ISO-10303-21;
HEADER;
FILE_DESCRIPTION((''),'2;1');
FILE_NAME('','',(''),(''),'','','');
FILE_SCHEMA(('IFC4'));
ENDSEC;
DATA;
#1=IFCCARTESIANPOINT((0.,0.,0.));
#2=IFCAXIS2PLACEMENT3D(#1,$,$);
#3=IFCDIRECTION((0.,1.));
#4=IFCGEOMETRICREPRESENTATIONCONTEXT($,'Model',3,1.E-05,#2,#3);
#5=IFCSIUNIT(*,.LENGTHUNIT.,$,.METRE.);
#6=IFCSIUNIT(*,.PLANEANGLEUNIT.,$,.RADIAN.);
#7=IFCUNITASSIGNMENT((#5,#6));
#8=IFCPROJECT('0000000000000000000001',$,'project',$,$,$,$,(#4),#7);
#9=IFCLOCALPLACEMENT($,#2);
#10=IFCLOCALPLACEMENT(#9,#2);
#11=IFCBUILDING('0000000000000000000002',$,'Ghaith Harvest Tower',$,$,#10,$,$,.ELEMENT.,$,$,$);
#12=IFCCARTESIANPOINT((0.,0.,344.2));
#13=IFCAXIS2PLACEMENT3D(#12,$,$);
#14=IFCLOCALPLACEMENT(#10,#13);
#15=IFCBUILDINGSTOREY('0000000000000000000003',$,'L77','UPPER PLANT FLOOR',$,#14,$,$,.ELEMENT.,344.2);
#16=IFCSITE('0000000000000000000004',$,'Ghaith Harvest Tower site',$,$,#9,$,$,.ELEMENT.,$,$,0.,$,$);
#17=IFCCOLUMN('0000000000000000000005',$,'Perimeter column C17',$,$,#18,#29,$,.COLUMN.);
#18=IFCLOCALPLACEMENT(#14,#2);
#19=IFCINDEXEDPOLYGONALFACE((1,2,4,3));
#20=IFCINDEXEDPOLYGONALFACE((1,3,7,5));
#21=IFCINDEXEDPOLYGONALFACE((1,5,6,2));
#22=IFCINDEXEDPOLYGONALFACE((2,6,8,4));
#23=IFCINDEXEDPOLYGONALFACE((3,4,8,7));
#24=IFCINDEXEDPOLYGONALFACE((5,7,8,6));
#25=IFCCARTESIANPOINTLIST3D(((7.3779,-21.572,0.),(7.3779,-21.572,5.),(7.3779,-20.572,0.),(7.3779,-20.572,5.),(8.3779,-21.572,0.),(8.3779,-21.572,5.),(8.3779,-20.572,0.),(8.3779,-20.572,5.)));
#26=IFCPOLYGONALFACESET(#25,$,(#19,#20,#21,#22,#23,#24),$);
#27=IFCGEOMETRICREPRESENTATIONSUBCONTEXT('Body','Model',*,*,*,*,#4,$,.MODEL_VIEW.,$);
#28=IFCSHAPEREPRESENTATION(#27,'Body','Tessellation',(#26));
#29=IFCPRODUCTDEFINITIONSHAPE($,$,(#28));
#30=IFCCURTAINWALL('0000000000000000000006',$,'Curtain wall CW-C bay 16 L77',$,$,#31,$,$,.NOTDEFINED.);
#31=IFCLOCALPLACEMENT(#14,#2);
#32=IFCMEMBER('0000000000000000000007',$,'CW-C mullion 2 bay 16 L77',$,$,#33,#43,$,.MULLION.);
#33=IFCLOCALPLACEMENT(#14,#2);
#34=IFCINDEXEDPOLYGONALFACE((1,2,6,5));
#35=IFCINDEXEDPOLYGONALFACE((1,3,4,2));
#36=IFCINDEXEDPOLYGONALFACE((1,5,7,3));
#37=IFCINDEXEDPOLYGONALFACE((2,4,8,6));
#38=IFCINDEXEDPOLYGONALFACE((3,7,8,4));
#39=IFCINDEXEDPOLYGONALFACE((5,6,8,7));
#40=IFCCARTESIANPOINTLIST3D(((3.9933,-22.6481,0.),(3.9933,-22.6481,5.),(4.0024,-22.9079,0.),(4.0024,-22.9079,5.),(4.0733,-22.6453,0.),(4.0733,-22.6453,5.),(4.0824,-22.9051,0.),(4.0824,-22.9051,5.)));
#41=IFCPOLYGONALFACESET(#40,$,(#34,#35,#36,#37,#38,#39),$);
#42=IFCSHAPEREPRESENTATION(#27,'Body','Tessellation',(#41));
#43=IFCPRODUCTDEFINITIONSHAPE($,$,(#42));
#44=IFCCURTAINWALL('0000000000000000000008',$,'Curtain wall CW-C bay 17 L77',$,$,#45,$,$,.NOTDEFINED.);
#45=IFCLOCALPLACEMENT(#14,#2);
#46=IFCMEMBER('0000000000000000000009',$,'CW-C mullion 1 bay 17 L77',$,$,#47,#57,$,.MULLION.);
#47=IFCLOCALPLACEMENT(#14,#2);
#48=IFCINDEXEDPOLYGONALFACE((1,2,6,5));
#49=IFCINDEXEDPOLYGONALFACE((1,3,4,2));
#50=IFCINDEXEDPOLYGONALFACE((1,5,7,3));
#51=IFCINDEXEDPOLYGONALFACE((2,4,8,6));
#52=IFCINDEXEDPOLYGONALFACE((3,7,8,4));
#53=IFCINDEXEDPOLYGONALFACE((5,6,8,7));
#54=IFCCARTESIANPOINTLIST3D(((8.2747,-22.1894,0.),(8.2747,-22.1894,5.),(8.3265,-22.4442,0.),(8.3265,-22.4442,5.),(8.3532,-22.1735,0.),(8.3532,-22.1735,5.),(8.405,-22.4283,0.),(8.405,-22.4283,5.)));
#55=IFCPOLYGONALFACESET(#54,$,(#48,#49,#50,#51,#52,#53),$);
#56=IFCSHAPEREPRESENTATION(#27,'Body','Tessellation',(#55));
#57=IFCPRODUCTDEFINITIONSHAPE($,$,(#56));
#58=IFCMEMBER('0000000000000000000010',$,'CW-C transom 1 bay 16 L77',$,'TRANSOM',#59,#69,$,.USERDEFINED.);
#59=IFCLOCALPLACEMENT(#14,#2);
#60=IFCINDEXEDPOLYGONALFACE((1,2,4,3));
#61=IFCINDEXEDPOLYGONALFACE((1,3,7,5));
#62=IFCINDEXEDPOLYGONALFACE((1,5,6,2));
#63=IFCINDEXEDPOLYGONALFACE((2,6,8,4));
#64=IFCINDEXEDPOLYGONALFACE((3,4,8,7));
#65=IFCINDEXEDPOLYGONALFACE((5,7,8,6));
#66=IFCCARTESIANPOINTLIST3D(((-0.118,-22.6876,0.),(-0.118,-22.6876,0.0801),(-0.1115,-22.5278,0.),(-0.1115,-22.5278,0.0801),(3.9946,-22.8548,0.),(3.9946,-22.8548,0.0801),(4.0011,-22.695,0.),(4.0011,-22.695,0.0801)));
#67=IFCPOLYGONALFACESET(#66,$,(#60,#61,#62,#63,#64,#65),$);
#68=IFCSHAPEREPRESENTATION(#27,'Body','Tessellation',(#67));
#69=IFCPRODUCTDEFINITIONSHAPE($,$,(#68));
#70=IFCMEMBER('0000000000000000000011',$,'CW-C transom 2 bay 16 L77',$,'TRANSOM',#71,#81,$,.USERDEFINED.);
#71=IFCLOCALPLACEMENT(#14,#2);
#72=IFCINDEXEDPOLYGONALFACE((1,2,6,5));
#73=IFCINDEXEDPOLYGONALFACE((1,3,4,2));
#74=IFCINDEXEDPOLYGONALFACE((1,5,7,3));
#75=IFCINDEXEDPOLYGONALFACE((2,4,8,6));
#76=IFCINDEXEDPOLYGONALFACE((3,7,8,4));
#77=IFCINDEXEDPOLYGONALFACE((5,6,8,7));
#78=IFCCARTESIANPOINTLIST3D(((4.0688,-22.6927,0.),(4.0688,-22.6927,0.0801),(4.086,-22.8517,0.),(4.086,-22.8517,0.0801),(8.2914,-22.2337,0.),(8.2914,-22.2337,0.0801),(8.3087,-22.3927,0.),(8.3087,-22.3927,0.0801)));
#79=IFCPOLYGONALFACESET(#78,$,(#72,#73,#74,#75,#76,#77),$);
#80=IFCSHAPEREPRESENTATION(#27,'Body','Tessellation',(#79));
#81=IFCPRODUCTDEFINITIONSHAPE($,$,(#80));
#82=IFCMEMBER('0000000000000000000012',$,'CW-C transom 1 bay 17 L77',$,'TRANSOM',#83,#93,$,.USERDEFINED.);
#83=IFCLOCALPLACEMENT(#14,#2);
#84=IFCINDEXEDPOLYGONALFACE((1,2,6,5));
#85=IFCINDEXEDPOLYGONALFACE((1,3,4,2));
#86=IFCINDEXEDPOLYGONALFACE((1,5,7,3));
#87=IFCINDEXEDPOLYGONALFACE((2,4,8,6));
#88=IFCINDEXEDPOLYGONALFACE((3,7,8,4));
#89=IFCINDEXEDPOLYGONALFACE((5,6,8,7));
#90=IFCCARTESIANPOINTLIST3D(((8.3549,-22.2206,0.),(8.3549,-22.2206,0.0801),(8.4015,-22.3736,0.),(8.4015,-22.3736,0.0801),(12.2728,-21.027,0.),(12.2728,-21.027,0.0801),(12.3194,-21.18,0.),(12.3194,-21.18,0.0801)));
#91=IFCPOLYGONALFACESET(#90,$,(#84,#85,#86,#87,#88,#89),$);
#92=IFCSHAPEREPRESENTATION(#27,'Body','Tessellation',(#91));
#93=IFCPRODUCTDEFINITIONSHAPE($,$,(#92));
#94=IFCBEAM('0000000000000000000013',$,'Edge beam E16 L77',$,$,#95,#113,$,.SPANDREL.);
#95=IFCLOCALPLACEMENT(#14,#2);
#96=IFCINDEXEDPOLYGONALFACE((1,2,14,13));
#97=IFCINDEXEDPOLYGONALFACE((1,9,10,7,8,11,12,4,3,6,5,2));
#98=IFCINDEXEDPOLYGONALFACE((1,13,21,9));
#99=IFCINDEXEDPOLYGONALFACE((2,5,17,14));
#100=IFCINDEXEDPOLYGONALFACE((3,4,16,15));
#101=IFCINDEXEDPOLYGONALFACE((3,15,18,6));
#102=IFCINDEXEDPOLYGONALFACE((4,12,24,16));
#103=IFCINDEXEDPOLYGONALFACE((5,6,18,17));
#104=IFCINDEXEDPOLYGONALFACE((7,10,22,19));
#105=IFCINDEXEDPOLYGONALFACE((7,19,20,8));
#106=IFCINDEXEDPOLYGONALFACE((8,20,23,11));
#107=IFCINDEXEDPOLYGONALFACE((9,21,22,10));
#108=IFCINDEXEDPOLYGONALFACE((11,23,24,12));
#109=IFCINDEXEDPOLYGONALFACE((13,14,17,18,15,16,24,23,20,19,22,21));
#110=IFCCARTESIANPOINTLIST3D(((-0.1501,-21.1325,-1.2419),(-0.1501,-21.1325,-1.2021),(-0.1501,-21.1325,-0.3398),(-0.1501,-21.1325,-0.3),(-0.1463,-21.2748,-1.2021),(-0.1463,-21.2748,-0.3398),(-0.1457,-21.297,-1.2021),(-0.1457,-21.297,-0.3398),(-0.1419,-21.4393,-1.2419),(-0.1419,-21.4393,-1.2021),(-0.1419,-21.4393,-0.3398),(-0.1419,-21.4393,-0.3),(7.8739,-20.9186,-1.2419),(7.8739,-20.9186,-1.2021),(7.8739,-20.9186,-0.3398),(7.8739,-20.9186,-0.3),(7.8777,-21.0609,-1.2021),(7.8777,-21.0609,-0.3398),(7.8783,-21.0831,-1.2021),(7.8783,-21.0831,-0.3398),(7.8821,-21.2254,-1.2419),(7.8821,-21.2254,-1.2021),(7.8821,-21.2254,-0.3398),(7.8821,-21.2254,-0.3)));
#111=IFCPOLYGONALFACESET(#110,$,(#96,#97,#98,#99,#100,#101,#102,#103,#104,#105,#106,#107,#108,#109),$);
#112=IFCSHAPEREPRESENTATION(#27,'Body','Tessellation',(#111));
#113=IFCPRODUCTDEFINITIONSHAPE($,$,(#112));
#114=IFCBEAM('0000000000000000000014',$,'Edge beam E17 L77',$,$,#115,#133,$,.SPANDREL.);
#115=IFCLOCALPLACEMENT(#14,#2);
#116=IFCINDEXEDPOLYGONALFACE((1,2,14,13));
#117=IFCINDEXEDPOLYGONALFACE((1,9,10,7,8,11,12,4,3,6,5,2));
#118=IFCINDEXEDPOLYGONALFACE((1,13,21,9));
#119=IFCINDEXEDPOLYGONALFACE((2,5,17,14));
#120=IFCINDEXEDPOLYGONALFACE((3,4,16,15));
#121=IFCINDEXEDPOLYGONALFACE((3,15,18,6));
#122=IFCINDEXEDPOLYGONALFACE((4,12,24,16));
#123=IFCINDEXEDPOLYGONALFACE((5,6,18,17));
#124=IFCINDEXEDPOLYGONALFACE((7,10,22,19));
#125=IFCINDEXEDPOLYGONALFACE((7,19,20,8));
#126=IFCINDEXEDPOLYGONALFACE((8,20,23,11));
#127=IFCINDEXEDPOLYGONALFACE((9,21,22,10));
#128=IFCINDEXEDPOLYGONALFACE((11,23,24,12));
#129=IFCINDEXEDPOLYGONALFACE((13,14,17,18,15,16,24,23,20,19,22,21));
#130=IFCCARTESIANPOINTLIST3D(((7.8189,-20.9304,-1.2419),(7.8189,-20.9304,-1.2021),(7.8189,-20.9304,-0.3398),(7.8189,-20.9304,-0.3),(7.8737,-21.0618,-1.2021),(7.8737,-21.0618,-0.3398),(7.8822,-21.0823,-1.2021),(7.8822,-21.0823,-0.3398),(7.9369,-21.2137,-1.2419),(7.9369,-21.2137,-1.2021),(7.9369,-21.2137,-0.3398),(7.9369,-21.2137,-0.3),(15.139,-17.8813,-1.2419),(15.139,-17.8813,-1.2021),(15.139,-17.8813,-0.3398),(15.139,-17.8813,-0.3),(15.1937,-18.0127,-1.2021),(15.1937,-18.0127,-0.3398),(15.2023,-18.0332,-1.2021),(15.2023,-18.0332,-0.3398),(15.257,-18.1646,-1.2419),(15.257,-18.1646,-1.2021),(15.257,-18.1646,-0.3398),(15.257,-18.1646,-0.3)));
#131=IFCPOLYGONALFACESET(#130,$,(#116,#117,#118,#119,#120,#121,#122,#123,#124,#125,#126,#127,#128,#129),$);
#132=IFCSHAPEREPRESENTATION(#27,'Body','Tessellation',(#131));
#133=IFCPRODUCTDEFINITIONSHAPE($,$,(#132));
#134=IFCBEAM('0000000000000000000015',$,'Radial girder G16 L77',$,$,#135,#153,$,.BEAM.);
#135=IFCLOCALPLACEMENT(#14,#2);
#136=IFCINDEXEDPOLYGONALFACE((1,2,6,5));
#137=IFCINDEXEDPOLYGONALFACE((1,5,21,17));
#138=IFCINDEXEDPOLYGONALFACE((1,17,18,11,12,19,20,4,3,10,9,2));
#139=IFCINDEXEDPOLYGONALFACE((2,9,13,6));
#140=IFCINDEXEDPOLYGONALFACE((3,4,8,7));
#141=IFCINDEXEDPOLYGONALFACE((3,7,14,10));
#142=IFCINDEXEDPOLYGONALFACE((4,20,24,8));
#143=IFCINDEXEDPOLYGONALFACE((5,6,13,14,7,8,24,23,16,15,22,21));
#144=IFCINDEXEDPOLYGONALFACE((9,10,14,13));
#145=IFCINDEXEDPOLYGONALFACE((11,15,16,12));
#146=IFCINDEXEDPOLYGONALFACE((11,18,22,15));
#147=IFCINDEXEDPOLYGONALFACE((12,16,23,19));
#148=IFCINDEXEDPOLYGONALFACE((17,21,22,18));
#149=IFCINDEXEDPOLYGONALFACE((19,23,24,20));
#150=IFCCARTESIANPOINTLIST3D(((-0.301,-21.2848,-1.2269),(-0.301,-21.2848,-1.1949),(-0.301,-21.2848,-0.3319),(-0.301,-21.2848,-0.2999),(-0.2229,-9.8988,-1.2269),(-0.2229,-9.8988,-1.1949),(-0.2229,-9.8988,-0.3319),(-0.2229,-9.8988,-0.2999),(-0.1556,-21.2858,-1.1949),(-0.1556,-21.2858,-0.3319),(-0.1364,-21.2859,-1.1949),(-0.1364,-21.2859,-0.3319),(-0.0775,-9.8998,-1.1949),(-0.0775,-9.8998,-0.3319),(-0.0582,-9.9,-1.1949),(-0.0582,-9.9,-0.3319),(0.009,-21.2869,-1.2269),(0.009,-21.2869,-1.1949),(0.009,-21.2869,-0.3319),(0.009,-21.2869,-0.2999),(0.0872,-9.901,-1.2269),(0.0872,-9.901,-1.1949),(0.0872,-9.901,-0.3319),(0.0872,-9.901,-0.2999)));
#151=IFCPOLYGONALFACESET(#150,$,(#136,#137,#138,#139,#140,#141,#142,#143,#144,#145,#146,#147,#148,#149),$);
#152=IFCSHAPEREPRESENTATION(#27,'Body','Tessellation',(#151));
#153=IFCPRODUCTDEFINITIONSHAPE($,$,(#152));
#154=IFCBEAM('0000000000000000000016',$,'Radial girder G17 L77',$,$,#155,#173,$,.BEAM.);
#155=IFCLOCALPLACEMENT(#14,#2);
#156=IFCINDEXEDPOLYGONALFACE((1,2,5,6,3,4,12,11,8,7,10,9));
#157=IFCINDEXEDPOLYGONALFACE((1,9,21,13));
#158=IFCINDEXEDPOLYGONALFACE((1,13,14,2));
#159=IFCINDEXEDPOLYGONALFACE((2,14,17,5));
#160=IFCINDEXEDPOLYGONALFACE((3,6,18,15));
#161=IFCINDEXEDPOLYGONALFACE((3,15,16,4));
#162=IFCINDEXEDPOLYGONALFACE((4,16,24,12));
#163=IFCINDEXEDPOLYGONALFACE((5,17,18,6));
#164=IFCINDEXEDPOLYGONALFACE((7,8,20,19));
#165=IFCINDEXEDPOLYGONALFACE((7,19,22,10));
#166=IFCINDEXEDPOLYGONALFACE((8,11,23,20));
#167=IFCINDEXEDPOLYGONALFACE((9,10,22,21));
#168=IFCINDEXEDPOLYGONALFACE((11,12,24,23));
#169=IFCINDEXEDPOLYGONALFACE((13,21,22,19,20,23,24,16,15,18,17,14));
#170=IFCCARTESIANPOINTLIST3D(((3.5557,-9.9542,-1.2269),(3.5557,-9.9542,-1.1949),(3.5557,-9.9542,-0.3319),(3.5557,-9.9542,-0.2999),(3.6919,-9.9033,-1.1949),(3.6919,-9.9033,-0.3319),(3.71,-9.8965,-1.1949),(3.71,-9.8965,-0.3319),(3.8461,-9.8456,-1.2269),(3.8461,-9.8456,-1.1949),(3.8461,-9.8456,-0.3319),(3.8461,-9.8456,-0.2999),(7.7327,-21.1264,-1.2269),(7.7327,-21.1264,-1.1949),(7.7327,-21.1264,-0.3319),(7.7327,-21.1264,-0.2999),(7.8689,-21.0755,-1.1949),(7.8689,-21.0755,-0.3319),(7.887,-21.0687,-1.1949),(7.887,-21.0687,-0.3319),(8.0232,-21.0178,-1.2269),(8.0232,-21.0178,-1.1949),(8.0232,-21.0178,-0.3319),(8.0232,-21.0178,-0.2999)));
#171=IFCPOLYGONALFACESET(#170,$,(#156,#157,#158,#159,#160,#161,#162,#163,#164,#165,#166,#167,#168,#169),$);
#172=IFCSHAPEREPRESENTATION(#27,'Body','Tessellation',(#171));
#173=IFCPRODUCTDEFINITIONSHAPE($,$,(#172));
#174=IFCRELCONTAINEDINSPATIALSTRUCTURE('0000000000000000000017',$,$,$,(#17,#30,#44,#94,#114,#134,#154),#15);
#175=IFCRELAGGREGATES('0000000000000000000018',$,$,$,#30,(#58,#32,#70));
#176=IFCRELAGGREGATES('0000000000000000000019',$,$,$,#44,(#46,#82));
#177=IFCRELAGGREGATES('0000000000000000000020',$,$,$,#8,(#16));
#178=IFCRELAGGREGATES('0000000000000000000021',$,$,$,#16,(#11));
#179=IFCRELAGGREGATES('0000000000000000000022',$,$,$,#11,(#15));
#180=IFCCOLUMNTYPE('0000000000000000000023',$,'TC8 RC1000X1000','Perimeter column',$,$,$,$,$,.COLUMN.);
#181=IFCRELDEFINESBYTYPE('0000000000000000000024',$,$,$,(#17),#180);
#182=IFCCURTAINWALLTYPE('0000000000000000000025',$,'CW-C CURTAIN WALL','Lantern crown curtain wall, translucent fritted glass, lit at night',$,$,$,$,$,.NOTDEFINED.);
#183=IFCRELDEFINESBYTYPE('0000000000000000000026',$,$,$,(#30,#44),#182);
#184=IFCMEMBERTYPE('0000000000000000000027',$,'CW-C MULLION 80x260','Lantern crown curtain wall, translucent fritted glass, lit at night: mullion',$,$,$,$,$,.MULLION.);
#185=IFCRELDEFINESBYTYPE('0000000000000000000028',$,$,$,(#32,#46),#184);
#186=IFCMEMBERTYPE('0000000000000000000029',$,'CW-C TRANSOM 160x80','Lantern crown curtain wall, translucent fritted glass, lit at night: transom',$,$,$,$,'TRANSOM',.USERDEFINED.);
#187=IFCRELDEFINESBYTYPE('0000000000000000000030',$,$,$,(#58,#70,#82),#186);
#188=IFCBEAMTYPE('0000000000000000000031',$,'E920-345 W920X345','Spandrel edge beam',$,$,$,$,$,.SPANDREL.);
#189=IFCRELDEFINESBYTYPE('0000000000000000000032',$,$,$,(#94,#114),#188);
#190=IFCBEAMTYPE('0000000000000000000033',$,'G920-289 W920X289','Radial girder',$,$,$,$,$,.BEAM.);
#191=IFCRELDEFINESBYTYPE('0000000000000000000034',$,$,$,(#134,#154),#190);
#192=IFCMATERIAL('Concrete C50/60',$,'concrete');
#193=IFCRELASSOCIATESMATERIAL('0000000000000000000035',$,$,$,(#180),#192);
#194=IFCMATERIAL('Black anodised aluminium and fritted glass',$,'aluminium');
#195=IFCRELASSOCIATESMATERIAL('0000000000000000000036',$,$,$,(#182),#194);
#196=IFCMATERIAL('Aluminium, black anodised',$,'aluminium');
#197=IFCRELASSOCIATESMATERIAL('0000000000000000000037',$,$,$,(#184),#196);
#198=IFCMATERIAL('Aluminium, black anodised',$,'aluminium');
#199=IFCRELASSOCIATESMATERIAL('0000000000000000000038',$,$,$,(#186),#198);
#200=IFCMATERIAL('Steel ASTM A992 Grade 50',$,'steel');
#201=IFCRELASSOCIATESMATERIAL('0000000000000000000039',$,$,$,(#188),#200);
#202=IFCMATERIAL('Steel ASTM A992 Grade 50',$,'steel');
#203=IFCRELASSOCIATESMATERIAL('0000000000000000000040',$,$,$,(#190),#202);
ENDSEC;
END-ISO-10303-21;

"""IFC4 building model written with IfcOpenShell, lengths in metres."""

from ifc_helpers import new_model, si_unit, direction, frame, origin, origin_2d, place, context, subcontext, project, spatial, rectangle, i_section, extrude, material, material_profile, profile_set, type_object, element, aggregate, save


model = new_model("IFC4")

# Units and contexts
model_context = context("Model", 3, precision=1e-05, world=origin(), true_north=direction((0.0, 1.0)))
body_context = subcontext(model_context, "Body", "Model", "MODEL_VIEW")
ifc_project = project(units=[si_unit("LENGTHUNIT", "METRE"), si_unit("PLANEANGLEUNIT", "RADIAN")], contexts=[model_context])

# Site, building, storey
site_placement = place(None, origin())
site = spatial("IfcSite", under=ifc_project, at=site_placement, Name="Ghaith Harvest Tower site", CompositionType="ELEMENT", RefElevation=0.0)
building_placement = place(site_placement, origin())
building = spatial("IfcBuilding", under=site, at=building_placement, Name="Ghaith Harvest Tower", CompositionType="ELEMENT")
storey_placement = place(building_placement, frame((0.0, 0.0, 344.2)))
storey = spatial("IfcBuildingStorey", under=building, at=storey_placement, Name="L77", Description="UPPER PLANT FLOOR", CompositionType="ELEMENT", Elevation=344.2)

# Column
ifc_material_1 = material(Name="Concrete C50/60", Category="concrete")
ifc_material_profile_1 = material_profile(ifc_material_1, rectangle(XDim=1.0, YDim=1.0, at=origin_2d()), Name="RC1000X1000")
ifc_profile_set_1 = profile_set([ifc_material_profile_1], Name="Concrete C50/60")
column_type = type_object("IfcColumnType", Name="TC8 RC1000X1000", Description="Perimeter column", PredefinedType="COLUMN", material=ifc_profile_set_1)
column_placement = place(storey_placement, frame((7.8779, -21.072, 0.0), z_axis=(0.0, 0.0, 1.0), x_axis=(1.0, 0.0, 0.0)))
element("IfcColumn", 1, at=column_placement, inside=storey, type_object=column_type, Name="Perimeter column C17", PredefinedType="COLUMN", context=body_context, shape_type="SweptSolid", body=[
    extrude(rectangle(XDim=1.0, YDim=1.0, at=origin_2d()), origin(), (0.0, 0.0, 1.0), 5.0),
])

# Curtain walls, members
ifc_material_2 = material(Name="Black anodised aluminium and fritted glass", Category="aluminium")
curtain_wall_type = type_object("IfcCurtainWallType", Name="CW-C CURTAIN WALL", Description="Lantern crown curtain wall, translucent fritted glass, lit at night", PredefinedType="NOTDEFINED", material=ifc_material_2)
curtain_wall_1_placement = place(storey_placement, origin())
curtain_wall_1 = element("IfcCurtainWall", 2, at=curtain_wall_1_placement, inside=storey, type_object=curtain_wall_type, Name="Curtain wall CW-C bay 16 L77", PredefinedType="NOTDEFINED")
ifc_material_3 = material(Name="Aluminium, black anodised", Category="aluminium")
ifc_material_profile_2 = material_profile(ifc_material_3, rectangle(XDim=0.0801, YDim=0.26, at=origin_2d()), Name="CW-C MULLION 80x260")
ifc_profile_set_2 = profile_set([ifc_material_profile_2], Name="Aluminium, black anodised")
member_type_1 = type_object("IfcMemberType", Name="CW-C MULLION 80x260", Description="Lantern crown curtain wall, translucent fritted glass, lit at night: mullion", PredefinedType="MULLION", material=ifc_profile_set_2)
member_1_placement = place(storey_placement, frame((4.0378, -22.7766, 0.0), z_axis=(0.0, 0.0, 1.0), x_axis=(0.999389, 0.034962, 0.0)))
member_1 = element("IfcMember", 3, at=member_1_placement, type_object=member_type_1, Name="CW-C mullion 2 bay 16 L77", PredefinedType="MULLION", context=body_context, shape_type="SweptSolid", body=[
    extrude(rectangle(XDim=0.0801, YDim=0.26, at=origin_2d()), origin(), (0.0, 0.0, 1.0), 5.0),
])
curtain_wall_2_placement = place(storey_placement, origin())
curtain_wall_2 = element("IfcCurtainWall", 4, at=curtain_wall_2_placement, inside=storey, type_object=curtain_wall_type, Name="Curtain wall CW-C bay 17 L77", PredefinedType="NOTDEFINED")
member_2_placement = place(storey_placement, frame((8.3398, -22.3088, 0.0), z_axis=(0.0, 0.0, 1.0), x_axis=(0.98, 0.198997, 0.0)))
member_2 = element("IfcMember", 5, at=member_2_placement, type_object=member_type_1, Name="CW-C mullion 1 bay 17 L77", PredefinedType="MULLION", context=body_context, shape_type="SweptSolid", body=[
    extrude(rectangle(XDim=0.0801, YDim=0.26, at=origin_2d()), origin(), (0.0, 0.0, 1.0), 5.0),
])

# Members
ifc_material_4 = material(Name="Aluminium, black anodised", Category="aluminium")
ifc_material_profile_3 = material_profile(ifc_material_4, rectangle(XDim=0.1599, YDim=0.0801, at=origin_2d()), Name="CW-C TRANSOM 160x80")
ifc_profile_set_3 = profile_set([ifc_material_profile_3], Name="Aluminium, black anodised")
member_type_2 = type_object("IfcMemberType", Name="CW-C TRANSOM 160x80", Description="Lantern crown curtain wall, translucent fritted glass, lit at night: transom", ElementType="TRANSOM", PredefinedType="USERDEFINED", material=ifc_profile_set_3)
member_3_placement = place(storey_placement, frame((-0.1147, -22.6077, 0.04), z_axis=(0.999174, -0.040631, 0.0), x_axis=(0.040631, 0.999174, 0.0)))
member_3 = element("IfcMember", 6, at=member_3_placement, type_object=member_type_2, Name="CW-C transom 1 bay 16 L77", ObjectType="TRANSOM", PredefinedType="USERDEFINED", context=body_context, shape_type="SweptSolid", body=[
    extrude(rectangle(XDim=0.1599, YDim=0.0801, at=origin_2d()), origin(), (0.0, 0.0, 1.0), 4.116),
])
member_4_placement = place(storey_placement, frame((4.0774, -22.7722, 0.04), z_axis=(0.994144, 0.108059, 0.0), x_axis=(-0.108059, 0.994144, 0.0)))
member_4 = element("IfcMember", 7, at=member_4_placement, type_object=member_type_2, Name="CW-C transom 2 bay 16 L77", ObjectType="TRANSOM", PredefinedType="USERDEFINED", context=body_context, shape_type="SweptSolid", body=[
    extrude(rectangle(XDim=0.1599, YDim=0.0801, at=origin_2d()), origin(), (0.0, 0.0, 1.0), 4.2476),
])
member_5_placement = place(storey_placement, frame((8.3782, -22.2971, 0.04), z_axis=(0.956594, 0.291425, 0.0), x_axis=(-0.291425, 0.956594, 0.0)))
member_5 = element("IfcMember", 8, at=member_5_placement, type_object=member_type_2, Name="CW-C transom 1 bay 17 L77", ObjectType="TRANSOM", PredefinedType="USERDEFINED", context=body_context, shape_type="SweptSolid", body=[
    extrude(rectangle(XDim=0.1599, YDim=0.0801, at=origin_2d()), origin(), (0.0, 0.0, 1.0), 4.0957),
])

# Beams
ifc_material_5 = material(Name="Steel ASTM A992 Grade 50", Category="steel")
ifc_material_profile_4 = material_profile(ifc_material_5, i_section(OverallWidth=0.3069, OverallDepth=0.9419, WebThickness=0.0222, FlangeThickness=0.0398, at=origin_2d()), Name="W920X345")
ifc_profile_set_4 = profile_set([ifc_material_profile_4], Name="Steel ASTM A992 Grade 50")
beam_type_1 = type_object("IfcBeamType", Name="E920-345 W920X345", Description="Spandrel edge beam", PredefinedType="SPANDREL", material=ifc_profile_set_4)
beam_1_placement = place(storey_placement, frame((-0.146, -21.2859, -0.771), z_axis=(0.999645, 0.026644, 0.0), x_axis=(-0.026644, 0.999645, 0.0)))
element("IfcBeam", 9, at=beam_1_placement, inside=storey, type_object=beam_type_1, Name="Edge beam E16 L77", PredefinedType="SPANDREL", context=body_context, shape_type="SweptSolid", body=[
    extrude(i_section(OverallWidth=0.3069, OverallDepth=0.9419, WebThickness=0.0222, FlangeThickness=0.0398, at=origin_2d()), origin(), (0.0, 0.0, 1.0), 8.0269),
])
beam_2_placement = place(storey_placement, frame((7.8779, -21.072, -0.771), z_axis=(0.92312, 0.384513, 0.0), x_axis=(-0.384513, 0.92312, 0.0)))
element("IfcBeam", 10, at=beam_2_placement, inside=storey, type_object=beam_type_1, Name="Edge beam E17 L77", PredefinedType="SPANDREL", context=body_context, shape_type="SweptSolid", body=[
    extrude(i_section(OverallWidth=0.3069, OverallDepth=0.9419, WebThickness=0.0222, FlangeThickness=0.0398, at=origin_2d()), origin(), (0.0, 0.0, 1.0), 7.9297),
])
ifc_material_6 = material(Name="Steel ASTM A992 Grade 50", Category="steel")
ifc_material_profile_5 = material_profile(ifc_material_6, i_section(OverallWidth=0.3101, OverallDepth=0.927, WebThickness=0.0193, FlangeThickness=0.032, at=origin_2d()), Name="W920X289")
ifc_profile_set_5 = profile_set([ifc_material_profile_5], Name="Steel ASTM A992 Grade 50")
beam_type_2 = type_object("IfcBeamType", Name="G920-289 W920X289", Description="Radial girder", PredefinedType="BEAM", material=ifc_profile_set_5)
beam_3_placement = place(storey_placement, frame((-0.0679, -9.8999, -0.7634), z_axis=(-0.006861, -0.999976, 0.0), x_axis=(0.999976, -0.006861, 0.0)))
element("IfcBeam", 11, at=beam_3_placement, inside=storey, type_object=beam_type_2, Name="Radial girder G16 L77", PredefinedType="BEAM", context=body_context, shape_type="SweptSolid", body=[
    extrude(i_section(OverallWidth=0.3101, OverallDepth=0.927, WebThickness=0.0193, FlangeThickness=0.032, at=origin_2d()), origin(), (0.0, 0.0, 1.0), 11.3862),
])
beam_4_placement = place(storey_placement, frame((3.7009, -9.8999, -0.7634), z_axis=(0.350201, -0.936674, 0.0), x_axis=(0.936674, 0.350201, 0.0)))
element("IfcBeam", 12, at=beam_4_placement, inside=storey, type_object=beam_type_2, Name="Radial girder G17 L77", PredefinedType="BEAM", context=body_context, shape_type="SweptSolid", body=[
    extrude(i_section(OverallWidth=0.3101, OverallDepth=0.927, WebThickness=0.0193, FlangeThickness=0.032, at=origin_2d()), origin(), (0.0, 0.0, 1.0), 11.9275),
])

aggregate(curtain_wall_1, [member_3, member_1, member_4])
aggregate(curtain_wall_2, [member_2, member_5])

save(model, "model.ifc")
